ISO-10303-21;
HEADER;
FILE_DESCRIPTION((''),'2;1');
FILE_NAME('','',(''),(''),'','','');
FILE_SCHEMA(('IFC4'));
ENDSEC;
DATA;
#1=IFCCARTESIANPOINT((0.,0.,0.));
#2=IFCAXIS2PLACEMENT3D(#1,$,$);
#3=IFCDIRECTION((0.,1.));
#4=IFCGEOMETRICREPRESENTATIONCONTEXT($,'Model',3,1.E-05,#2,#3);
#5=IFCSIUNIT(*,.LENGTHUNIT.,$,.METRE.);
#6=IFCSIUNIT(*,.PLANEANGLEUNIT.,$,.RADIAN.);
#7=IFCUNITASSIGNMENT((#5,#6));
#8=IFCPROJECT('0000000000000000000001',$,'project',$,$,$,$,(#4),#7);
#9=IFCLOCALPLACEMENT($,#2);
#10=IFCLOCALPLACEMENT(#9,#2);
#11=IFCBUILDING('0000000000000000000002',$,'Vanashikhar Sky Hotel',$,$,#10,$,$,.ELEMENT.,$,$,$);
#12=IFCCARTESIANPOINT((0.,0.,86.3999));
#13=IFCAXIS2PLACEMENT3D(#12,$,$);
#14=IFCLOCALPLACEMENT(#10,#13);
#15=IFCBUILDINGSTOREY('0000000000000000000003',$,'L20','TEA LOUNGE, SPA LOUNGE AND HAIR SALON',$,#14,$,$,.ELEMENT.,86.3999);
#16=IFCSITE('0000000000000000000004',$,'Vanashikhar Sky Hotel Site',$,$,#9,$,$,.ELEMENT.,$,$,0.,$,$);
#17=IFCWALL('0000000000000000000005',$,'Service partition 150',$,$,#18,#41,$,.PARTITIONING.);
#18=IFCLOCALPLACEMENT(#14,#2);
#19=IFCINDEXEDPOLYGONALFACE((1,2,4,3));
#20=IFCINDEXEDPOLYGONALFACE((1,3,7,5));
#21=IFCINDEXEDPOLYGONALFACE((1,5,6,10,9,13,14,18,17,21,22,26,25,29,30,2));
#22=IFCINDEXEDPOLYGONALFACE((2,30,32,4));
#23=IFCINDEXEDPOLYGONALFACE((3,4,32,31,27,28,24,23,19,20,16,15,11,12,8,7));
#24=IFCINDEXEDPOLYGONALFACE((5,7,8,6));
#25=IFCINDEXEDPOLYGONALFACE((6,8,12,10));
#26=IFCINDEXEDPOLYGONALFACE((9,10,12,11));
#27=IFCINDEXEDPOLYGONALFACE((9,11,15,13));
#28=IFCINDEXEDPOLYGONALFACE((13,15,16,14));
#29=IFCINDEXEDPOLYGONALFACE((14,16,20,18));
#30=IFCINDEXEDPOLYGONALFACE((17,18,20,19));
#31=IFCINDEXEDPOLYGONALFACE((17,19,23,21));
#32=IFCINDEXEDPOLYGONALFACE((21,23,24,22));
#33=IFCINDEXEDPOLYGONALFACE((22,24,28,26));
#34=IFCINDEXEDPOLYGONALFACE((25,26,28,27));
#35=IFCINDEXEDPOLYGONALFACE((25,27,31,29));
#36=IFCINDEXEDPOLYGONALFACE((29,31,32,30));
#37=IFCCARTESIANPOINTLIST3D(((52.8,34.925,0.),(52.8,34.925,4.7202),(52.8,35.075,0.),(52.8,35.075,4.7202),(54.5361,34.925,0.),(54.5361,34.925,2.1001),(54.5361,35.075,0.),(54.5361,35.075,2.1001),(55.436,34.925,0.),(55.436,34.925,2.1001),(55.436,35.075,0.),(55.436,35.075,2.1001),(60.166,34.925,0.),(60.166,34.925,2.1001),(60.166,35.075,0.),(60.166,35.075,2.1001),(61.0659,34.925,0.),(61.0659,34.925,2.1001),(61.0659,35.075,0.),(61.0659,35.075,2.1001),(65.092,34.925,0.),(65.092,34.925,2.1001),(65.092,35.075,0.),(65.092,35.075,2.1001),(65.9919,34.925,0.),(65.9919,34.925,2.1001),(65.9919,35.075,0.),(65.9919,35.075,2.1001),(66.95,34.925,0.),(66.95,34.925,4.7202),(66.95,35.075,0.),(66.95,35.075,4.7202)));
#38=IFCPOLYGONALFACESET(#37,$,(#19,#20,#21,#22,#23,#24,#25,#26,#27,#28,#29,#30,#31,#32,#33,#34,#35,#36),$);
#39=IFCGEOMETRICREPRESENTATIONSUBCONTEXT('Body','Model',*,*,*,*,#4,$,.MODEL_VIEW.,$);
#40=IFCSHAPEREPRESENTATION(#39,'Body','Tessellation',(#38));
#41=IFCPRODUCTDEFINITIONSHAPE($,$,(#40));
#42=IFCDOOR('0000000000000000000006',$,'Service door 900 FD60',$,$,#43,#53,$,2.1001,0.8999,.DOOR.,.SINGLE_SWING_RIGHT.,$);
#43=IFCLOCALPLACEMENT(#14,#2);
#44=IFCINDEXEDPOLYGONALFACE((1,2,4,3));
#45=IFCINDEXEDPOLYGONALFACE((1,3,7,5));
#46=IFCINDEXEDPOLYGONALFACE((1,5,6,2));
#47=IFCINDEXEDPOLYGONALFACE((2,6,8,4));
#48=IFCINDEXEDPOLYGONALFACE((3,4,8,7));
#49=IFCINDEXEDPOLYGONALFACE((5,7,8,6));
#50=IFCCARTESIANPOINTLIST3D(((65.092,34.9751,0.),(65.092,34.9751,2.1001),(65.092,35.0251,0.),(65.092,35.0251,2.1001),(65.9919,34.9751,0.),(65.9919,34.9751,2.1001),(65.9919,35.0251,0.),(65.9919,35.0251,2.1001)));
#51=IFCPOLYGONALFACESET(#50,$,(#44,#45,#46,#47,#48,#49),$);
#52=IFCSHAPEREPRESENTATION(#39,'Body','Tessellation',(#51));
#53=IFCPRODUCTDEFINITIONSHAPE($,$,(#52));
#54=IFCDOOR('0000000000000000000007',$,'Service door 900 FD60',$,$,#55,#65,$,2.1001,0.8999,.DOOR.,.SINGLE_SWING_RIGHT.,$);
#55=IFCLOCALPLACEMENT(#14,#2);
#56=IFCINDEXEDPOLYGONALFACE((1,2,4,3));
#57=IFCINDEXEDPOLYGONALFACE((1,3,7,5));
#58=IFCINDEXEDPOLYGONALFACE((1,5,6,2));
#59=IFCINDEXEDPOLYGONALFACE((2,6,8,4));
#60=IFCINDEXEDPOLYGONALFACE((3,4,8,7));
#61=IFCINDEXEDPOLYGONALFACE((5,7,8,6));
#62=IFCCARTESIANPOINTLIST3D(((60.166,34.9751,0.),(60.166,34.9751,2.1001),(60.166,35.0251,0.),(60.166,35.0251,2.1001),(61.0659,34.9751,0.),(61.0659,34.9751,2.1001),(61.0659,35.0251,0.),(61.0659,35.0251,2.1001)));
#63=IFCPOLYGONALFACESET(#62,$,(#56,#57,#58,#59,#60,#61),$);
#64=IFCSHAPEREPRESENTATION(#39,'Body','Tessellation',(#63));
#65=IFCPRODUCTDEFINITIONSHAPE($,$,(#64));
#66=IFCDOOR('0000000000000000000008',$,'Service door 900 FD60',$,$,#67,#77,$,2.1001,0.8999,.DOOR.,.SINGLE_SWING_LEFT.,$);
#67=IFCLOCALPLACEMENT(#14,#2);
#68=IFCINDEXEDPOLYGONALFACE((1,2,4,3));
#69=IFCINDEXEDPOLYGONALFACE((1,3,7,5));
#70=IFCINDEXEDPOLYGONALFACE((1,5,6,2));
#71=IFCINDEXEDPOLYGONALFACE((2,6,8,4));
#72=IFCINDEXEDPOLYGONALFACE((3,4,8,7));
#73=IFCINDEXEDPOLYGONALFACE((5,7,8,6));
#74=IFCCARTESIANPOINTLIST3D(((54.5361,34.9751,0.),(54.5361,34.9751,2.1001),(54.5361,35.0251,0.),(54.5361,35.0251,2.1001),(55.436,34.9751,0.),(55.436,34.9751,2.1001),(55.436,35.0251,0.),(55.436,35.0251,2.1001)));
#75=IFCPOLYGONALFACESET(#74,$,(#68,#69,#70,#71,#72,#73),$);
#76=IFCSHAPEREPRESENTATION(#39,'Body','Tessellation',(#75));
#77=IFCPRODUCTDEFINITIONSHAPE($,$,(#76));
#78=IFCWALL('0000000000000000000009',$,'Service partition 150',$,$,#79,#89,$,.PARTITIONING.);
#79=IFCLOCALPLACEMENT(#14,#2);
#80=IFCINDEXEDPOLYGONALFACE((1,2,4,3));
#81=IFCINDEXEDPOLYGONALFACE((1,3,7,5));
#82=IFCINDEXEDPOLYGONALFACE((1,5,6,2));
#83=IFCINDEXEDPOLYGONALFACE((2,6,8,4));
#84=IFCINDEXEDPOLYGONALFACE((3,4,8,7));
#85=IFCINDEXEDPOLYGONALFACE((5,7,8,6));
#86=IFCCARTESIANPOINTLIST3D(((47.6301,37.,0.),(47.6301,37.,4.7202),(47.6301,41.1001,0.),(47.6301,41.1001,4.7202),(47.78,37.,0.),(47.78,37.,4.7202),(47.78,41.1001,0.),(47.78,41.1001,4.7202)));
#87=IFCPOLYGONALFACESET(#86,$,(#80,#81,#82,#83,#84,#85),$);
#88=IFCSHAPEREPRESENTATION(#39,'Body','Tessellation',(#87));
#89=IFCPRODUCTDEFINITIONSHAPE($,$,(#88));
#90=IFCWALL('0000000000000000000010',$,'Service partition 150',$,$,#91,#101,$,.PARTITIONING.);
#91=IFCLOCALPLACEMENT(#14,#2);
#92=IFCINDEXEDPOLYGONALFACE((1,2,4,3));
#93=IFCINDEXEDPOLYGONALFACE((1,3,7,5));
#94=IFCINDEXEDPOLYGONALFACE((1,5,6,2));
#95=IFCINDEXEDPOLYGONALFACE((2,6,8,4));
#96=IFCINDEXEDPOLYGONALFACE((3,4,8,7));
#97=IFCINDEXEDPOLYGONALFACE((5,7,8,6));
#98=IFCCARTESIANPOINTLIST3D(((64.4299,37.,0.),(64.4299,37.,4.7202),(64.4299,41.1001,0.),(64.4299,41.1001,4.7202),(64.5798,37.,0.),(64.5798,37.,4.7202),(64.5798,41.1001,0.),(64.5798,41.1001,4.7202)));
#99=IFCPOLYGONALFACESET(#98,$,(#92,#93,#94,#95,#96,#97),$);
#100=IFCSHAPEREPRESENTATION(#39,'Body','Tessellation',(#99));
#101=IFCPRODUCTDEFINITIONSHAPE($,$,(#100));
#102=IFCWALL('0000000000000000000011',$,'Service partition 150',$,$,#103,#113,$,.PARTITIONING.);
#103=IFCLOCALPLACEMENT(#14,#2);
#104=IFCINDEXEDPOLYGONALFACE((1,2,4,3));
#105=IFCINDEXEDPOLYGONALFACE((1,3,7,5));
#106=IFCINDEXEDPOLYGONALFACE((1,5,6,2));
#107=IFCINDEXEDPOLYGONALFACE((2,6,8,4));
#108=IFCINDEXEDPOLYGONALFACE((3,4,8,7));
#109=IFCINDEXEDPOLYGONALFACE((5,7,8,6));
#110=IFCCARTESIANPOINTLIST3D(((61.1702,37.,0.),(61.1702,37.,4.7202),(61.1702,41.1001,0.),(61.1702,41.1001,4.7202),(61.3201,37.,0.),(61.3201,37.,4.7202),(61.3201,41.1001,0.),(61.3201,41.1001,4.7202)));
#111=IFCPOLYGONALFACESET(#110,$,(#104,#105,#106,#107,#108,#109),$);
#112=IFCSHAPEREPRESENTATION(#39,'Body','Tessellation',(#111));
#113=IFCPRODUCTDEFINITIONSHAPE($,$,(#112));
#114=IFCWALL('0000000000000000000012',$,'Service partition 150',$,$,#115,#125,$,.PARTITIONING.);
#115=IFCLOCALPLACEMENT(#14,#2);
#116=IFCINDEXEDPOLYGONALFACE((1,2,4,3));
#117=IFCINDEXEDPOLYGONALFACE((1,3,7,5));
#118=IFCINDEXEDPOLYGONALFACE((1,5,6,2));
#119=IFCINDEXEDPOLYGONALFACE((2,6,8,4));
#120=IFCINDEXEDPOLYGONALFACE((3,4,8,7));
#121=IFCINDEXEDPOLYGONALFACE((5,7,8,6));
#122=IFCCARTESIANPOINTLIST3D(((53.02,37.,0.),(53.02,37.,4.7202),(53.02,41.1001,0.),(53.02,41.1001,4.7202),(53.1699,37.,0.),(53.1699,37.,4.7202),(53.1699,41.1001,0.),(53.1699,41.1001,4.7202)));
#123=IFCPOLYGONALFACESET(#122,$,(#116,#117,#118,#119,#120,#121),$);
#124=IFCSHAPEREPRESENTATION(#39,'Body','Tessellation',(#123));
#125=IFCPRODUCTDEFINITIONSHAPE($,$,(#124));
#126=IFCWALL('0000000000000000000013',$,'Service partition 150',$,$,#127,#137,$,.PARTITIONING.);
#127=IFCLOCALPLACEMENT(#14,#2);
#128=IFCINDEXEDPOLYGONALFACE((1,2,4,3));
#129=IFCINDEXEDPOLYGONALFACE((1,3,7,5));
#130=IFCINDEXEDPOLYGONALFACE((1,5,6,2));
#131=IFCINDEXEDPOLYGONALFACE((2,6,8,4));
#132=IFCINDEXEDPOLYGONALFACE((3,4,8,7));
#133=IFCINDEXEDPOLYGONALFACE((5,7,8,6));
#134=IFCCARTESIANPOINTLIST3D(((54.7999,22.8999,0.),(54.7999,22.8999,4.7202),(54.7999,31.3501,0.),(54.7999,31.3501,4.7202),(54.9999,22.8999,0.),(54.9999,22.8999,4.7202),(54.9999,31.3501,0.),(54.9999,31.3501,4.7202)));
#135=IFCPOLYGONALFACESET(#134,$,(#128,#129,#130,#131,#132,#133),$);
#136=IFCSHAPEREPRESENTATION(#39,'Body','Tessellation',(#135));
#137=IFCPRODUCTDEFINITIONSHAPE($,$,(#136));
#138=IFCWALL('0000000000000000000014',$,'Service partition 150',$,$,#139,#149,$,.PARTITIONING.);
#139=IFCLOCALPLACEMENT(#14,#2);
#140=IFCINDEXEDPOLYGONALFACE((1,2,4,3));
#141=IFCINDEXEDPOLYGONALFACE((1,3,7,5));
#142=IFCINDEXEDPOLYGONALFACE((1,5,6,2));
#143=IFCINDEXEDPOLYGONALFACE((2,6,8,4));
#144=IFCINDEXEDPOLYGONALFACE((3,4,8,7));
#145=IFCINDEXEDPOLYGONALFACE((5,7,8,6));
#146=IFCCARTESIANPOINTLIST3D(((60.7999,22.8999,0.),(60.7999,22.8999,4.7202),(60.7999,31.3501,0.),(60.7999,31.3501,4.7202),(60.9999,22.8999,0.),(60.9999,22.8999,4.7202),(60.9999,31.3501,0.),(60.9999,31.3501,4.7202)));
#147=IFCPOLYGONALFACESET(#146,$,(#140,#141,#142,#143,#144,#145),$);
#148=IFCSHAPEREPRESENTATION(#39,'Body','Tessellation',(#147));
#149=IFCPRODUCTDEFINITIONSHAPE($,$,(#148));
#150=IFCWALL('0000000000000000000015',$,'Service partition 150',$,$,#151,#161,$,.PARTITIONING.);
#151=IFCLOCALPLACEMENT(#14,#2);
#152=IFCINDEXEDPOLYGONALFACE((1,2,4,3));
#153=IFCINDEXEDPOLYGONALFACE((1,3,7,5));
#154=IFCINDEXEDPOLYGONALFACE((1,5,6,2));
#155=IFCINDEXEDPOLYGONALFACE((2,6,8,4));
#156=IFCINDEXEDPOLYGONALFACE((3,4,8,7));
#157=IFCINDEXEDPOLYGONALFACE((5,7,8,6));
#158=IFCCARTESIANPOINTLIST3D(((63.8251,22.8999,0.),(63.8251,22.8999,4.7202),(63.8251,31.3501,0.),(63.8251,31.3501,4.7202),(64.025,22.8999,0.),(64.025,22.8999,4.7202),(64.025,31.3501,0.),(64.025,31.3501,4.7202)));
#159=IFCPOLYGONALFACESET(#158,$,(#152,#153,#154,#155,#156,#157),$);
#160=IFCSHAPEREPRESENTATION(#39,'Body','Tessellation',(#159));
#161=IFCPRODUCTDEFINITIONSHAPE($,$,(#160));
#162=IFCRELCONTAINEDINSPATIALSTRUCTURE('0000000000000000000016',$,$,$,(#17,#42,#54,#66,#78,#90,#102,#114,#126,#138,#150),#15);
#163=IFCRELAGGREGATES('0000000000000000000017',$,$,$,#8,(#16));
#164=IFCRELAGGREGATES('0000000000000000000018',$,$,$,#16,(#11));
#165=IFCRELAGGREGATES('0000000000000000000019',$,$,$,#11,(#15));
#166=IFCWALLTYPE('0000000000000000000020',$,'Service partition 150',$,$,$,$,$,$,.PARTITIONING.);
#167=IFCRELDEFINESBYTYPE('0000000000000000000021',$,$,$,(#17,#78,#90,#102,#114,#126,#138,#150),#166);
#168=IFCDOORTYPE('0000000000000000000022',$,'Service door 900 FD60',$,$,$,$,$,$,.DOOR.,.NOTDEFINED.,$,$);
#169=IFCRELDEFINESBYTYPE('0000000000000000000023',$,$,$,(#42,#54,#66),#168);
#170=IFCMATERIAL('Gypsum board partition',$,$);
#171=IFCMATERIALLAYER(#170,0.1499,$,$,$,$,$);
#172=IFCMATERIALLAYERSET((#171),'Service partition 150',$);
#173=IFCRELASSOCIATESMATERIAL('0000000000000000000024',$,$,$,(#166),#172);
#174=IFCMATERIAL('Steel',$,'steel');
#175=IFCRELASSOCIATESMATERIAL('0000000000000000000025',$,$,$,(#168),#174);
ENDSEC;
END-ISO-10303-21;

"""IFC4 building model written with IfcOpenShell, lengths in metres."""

from ifc_helpers import new_model, si_unit, direction, frame, frame_2d, origin, place, context, subcontext, project, spatial, rectangle, extrude, source, transform, mapped, material, layer, layer_set, type_object, element, fill, save


model = new_model("IFC4")

# Units and contexts
model_context = context("Model", 3, precision=1e-05, world=origin(), true_north=direction((0.0, 1.0)))
body_context = subcontext(model_context, "Body", "Model", "MODEL_VIEW")
ifc_project = project(units=[si_unit("LENGTHUNIT", "METRE"), si_unit("PLANEANGLEUNIT", "RADIAN")], contexts=[model_context])

# Site, building, storey
site_placement = place(None, origin())
site = spatial("IfcSite", under=ifc_project, at=site_placement, Name="Vanashikhar Sky Hotel Site", CompositionType="ELEMENT", RefElevation=0.0)
building_placement = place(site_placement, origin())
building = spatial("IfcBuilding", under=site, at=building_placement, Name="Vanashikhar Sky Hotel", CompositionType="ELEMENT")
storey_placement = place(building_placement, frame((0.0, 0.0, 86.3999)))
storey = spatial("IfcBuildingStorey", under=building, at=storey_placement, Name="L20", Description="TEA LOUNGE, SPA LOUNGE AND HAIR SALON", CompositionType="ELEMENT", Elevation=86.3999)

# Shared definitions
ifc_material_1 = material(Name="Steel", Category="steel")

# Shared definitions
ifc_material_2 = material(Name="Gypsum board partition")
ifc_layer_1 = layer(ifc_material_2, 0.1499)
ifc_layer_set_1 = layer_set([ifc_layer_1], Name="Service partition 150")
wall_type_1 = type_object("IfcWallType", Name="Service partition 150", PredefinedType="PARTITIONING", material=ifc_layer_set_1)

# Wall, openings, doors
shared_shape_1 = source(origin(), body_context, "Body", "SweptSolid", [
    extrude(rectangle(XDim=14.1499, YDim=0.1499, at=frame_2d((7.075, 0.0))), origin(), (0.0, 0.0, 1.0), 4.7202),
])
wall_1_placement = place(storey_placement, frame((66.95, 35.0, 0.0), z_axis=(0.0, 0.0, 1.0), x_axis=(-1.0, 0.0, 0.0)))
wall_1 = element("IfcWall", 1, at=wall_1_placement, inside=storey, type_object=wall_type_1, Name="Service partition 150", PredefinedType="PARTITIONING", context=body_context, shape_type="MappedRepresentation", body=[
    mapped(shared_shape_1, transform((0.0, 0.0, 0.0), scale=1.0)),
])
shared_shape_2 = source(origin(), body_context, "Body", "SweptSolid", [
    extrude(rectangle(XDim=0.8999, YDim=2.1001, at=frame_2d((0.45, 1.05))), frame((0.0, 0.085, 0.0), z_axis=(0.0, -1.0, 0.0), x_axis=(1.0, 0.0, 0.0)), (0.0, 0.0, 1.0), 0.1699),
])
opening_1_placement = place(wall_1_placement, frame((0.958, 0.0, 0.0)))
opening_1 = element("IfcOpeningElement", 2, at=opening_1_placement, cuts=wall_1, PredefinedType="OPENING", context=body_context, shape_type="MappedRepresentation", body=[
    mapped(shared_shape_2, transform((0.0, 0.0, 0.0), scale=1.0)),
])
opening_2_placement = place(wall_1_placement, frame((5.884, 0.0, 0.0)))
opening_2 = element("IfcOpeningElement", 3, at=opening_2_placement, cuts=wall_1, PredefinedType="OPENING", context=body_context, shape_type="MappedRepresentation", body=[
    mapped(shared_shape_2, transform((0.0, 0.0, 0.0), scale=1.0)),
])
opening_3_placement = place(wall_1_placement, frame((11.5139, 0.0, 0.0)))
opening_3 = element("IfcOpeningElement", 4, at=opening_3_placement, cuts=wall_1, PredefinedType="OPENING", context=body_context, shape_type="MappedRepresentation", body=[
    mapped(shared_shape_2, transform((0.0, 0.0, 0.0), scale=1.0)),
])
door_type_1 = type_object("IfcDoorType", Name="Service door 900 FD60", OperationType="NOTDEFINED", PredefinedType="DOOR", material=ifc_material_1)
shared_shape_3 = source(origin(), body_context, "Body", "SweptSolid", [
    extrude(rectangle(XDim=0.8999, YDim=2.1001, at=frame_2d((0.45, 1.05))), frame((0.0, 0.0249, 0.0), z_axis=(0.0, -1.0, 0.0), x_axis=(1.0, 0.0, 0.0)), (0.0, 0.0, 1.0), 0.05),
])
door_1_placement = place(opening_1_placement, origin())
door_1 = element("IfcDoor", 5, at=door_1_placement, inside=storey, type_object=door_type_1, Name="Service door 900 FD60", OperationType="SINGLE_SWING_RIGHT", OverallHeight=2.1001, OverallWidth=0.8999, PredefinedType="DOOR", context=body_context, shape_type="MappedRepresentation", body=[
    mapped(shared_shape_3, transform((0.0, 0.0, 0.0), scale=1.0)),
])
fill(opening_1, door_1)
door_2_placement = place(opening_2_placement, origin())
door_2 = element("IfcDoor", 6, at=door_2_placement, inside=storey, type_object=door_type_1, Name="Service door 900 FD60", OperationType="SINGLE_SWING_RIGHT", OverallHeight=2.1001, OverallWidth=0.8999, PredefinedType="DOOR", context=body_context, shape_type="MappedRepresentation", body=[
    mapped(shared_shape_3, transform((0.0, 0.0, 0.0), scale=1.0)),
])
fill(opening_2, door_2)
door_3_placement = place(opening_3_placement, origin())
door_3 = element("IfcDoor", 7, at=door_3_placement, inside=storey, type_object=door_type_1, Name="Service door 900 FD60", OperationType="SINGLE_SWING_LEFT", OverallHeight=2.1001, OverallWidth=0.8999, PredefinedType="DOOR", context=body_context, shape_type="MappedRepresentation", body=[
    mapped(shared_shape_3, transform((0.0, 0.0, 0.0), scale=1.0)),
])
fill(opening_3, door_3)

# Walls
shared_shape_4 = source(origin(), body_context, "Body", "SweptSolid", [
    extrude(rectangle(XDim=4.1001, YDim=0.1499, at=frame_2d((2.05, 0.0))), origin(), (0.0, 0.0, 1.0), 4.7202),
])
for number, where, z_axis, x_axis, name in (
    (8, (47.7051, 37.0, 0.0), (0.0, 0.0, 1.0), (0.0, 1.0, 0.0), "Service partition 150"),
    (9, (64.5049, 37.0, 0.0), (0.0, 0.0, 1.0), (0.0, 1.0, 0.0), "Service partition 150"),
    (10, (61.2451, 37.0, 0.0), (0.0, 0.0, 1.0), (0.0, 1.0, 0.0), "Service partition 150"),
    (11, (53.095, 37.0, 0.0), (0.0, 0.0, 1.0), (0.0, 1.0, 0.0), "Service partition 150"),
):
    element("IfcWall", number, at=place(storey_placement, frame(where, z_axis=z_axis, x_axis=x_axis)), inside=storey, type_object=wall_type_1, Name=name, PredefinedType="PARTITIONING", context=body_context, shape_type="MappedRepresentation", body=[
        mapped(shared_shape_4, transform((0.0, 0.0, 0.0), scale=1.0)),
    ])
shared_shape_5 = source(origin(), body_context, "Body", "SweptSolid", [
    extrude(rectangle(XDim=8.4502, YDim=0.2, at=frame_2d((4.2251, 0.0))), origin(), (0.0, 0.0, 1.0), 4.7202),
])
for number, where, z_axis, x_axis, name in (
    (12, (54.8999, 22.8999, 0.0), (0.0, 0.0, 1.0), (0.0, 1.0, 0.0), "Service partition 150"),
    (13, (60.8999, 22.8999, 0.0), (0.0, 0.0, 1.0), (0.0, 1.0, 0.0), "Service partition 150"),
    (14, (63.925, 22.8999, 0.0), (0.0, 0.0, 1.0), (0.0, 1.0, 0.0), "Service partition 150"),
):
    element("IfcWall", number, at=place(storey_placement, frame(where, z_axis=z_axis, x_axis=x_axis)), inside=storey, type_object=wall_type_1, Name=name, PredefinedType="PARTITIONING", context=body_context, shape_type="MappedRepresentation", body=[
        mapped(shared_shape_5, transform((0.0, 0.0, 0.0), scale=1.0)),
    ])

save(model, "model.ifc")
